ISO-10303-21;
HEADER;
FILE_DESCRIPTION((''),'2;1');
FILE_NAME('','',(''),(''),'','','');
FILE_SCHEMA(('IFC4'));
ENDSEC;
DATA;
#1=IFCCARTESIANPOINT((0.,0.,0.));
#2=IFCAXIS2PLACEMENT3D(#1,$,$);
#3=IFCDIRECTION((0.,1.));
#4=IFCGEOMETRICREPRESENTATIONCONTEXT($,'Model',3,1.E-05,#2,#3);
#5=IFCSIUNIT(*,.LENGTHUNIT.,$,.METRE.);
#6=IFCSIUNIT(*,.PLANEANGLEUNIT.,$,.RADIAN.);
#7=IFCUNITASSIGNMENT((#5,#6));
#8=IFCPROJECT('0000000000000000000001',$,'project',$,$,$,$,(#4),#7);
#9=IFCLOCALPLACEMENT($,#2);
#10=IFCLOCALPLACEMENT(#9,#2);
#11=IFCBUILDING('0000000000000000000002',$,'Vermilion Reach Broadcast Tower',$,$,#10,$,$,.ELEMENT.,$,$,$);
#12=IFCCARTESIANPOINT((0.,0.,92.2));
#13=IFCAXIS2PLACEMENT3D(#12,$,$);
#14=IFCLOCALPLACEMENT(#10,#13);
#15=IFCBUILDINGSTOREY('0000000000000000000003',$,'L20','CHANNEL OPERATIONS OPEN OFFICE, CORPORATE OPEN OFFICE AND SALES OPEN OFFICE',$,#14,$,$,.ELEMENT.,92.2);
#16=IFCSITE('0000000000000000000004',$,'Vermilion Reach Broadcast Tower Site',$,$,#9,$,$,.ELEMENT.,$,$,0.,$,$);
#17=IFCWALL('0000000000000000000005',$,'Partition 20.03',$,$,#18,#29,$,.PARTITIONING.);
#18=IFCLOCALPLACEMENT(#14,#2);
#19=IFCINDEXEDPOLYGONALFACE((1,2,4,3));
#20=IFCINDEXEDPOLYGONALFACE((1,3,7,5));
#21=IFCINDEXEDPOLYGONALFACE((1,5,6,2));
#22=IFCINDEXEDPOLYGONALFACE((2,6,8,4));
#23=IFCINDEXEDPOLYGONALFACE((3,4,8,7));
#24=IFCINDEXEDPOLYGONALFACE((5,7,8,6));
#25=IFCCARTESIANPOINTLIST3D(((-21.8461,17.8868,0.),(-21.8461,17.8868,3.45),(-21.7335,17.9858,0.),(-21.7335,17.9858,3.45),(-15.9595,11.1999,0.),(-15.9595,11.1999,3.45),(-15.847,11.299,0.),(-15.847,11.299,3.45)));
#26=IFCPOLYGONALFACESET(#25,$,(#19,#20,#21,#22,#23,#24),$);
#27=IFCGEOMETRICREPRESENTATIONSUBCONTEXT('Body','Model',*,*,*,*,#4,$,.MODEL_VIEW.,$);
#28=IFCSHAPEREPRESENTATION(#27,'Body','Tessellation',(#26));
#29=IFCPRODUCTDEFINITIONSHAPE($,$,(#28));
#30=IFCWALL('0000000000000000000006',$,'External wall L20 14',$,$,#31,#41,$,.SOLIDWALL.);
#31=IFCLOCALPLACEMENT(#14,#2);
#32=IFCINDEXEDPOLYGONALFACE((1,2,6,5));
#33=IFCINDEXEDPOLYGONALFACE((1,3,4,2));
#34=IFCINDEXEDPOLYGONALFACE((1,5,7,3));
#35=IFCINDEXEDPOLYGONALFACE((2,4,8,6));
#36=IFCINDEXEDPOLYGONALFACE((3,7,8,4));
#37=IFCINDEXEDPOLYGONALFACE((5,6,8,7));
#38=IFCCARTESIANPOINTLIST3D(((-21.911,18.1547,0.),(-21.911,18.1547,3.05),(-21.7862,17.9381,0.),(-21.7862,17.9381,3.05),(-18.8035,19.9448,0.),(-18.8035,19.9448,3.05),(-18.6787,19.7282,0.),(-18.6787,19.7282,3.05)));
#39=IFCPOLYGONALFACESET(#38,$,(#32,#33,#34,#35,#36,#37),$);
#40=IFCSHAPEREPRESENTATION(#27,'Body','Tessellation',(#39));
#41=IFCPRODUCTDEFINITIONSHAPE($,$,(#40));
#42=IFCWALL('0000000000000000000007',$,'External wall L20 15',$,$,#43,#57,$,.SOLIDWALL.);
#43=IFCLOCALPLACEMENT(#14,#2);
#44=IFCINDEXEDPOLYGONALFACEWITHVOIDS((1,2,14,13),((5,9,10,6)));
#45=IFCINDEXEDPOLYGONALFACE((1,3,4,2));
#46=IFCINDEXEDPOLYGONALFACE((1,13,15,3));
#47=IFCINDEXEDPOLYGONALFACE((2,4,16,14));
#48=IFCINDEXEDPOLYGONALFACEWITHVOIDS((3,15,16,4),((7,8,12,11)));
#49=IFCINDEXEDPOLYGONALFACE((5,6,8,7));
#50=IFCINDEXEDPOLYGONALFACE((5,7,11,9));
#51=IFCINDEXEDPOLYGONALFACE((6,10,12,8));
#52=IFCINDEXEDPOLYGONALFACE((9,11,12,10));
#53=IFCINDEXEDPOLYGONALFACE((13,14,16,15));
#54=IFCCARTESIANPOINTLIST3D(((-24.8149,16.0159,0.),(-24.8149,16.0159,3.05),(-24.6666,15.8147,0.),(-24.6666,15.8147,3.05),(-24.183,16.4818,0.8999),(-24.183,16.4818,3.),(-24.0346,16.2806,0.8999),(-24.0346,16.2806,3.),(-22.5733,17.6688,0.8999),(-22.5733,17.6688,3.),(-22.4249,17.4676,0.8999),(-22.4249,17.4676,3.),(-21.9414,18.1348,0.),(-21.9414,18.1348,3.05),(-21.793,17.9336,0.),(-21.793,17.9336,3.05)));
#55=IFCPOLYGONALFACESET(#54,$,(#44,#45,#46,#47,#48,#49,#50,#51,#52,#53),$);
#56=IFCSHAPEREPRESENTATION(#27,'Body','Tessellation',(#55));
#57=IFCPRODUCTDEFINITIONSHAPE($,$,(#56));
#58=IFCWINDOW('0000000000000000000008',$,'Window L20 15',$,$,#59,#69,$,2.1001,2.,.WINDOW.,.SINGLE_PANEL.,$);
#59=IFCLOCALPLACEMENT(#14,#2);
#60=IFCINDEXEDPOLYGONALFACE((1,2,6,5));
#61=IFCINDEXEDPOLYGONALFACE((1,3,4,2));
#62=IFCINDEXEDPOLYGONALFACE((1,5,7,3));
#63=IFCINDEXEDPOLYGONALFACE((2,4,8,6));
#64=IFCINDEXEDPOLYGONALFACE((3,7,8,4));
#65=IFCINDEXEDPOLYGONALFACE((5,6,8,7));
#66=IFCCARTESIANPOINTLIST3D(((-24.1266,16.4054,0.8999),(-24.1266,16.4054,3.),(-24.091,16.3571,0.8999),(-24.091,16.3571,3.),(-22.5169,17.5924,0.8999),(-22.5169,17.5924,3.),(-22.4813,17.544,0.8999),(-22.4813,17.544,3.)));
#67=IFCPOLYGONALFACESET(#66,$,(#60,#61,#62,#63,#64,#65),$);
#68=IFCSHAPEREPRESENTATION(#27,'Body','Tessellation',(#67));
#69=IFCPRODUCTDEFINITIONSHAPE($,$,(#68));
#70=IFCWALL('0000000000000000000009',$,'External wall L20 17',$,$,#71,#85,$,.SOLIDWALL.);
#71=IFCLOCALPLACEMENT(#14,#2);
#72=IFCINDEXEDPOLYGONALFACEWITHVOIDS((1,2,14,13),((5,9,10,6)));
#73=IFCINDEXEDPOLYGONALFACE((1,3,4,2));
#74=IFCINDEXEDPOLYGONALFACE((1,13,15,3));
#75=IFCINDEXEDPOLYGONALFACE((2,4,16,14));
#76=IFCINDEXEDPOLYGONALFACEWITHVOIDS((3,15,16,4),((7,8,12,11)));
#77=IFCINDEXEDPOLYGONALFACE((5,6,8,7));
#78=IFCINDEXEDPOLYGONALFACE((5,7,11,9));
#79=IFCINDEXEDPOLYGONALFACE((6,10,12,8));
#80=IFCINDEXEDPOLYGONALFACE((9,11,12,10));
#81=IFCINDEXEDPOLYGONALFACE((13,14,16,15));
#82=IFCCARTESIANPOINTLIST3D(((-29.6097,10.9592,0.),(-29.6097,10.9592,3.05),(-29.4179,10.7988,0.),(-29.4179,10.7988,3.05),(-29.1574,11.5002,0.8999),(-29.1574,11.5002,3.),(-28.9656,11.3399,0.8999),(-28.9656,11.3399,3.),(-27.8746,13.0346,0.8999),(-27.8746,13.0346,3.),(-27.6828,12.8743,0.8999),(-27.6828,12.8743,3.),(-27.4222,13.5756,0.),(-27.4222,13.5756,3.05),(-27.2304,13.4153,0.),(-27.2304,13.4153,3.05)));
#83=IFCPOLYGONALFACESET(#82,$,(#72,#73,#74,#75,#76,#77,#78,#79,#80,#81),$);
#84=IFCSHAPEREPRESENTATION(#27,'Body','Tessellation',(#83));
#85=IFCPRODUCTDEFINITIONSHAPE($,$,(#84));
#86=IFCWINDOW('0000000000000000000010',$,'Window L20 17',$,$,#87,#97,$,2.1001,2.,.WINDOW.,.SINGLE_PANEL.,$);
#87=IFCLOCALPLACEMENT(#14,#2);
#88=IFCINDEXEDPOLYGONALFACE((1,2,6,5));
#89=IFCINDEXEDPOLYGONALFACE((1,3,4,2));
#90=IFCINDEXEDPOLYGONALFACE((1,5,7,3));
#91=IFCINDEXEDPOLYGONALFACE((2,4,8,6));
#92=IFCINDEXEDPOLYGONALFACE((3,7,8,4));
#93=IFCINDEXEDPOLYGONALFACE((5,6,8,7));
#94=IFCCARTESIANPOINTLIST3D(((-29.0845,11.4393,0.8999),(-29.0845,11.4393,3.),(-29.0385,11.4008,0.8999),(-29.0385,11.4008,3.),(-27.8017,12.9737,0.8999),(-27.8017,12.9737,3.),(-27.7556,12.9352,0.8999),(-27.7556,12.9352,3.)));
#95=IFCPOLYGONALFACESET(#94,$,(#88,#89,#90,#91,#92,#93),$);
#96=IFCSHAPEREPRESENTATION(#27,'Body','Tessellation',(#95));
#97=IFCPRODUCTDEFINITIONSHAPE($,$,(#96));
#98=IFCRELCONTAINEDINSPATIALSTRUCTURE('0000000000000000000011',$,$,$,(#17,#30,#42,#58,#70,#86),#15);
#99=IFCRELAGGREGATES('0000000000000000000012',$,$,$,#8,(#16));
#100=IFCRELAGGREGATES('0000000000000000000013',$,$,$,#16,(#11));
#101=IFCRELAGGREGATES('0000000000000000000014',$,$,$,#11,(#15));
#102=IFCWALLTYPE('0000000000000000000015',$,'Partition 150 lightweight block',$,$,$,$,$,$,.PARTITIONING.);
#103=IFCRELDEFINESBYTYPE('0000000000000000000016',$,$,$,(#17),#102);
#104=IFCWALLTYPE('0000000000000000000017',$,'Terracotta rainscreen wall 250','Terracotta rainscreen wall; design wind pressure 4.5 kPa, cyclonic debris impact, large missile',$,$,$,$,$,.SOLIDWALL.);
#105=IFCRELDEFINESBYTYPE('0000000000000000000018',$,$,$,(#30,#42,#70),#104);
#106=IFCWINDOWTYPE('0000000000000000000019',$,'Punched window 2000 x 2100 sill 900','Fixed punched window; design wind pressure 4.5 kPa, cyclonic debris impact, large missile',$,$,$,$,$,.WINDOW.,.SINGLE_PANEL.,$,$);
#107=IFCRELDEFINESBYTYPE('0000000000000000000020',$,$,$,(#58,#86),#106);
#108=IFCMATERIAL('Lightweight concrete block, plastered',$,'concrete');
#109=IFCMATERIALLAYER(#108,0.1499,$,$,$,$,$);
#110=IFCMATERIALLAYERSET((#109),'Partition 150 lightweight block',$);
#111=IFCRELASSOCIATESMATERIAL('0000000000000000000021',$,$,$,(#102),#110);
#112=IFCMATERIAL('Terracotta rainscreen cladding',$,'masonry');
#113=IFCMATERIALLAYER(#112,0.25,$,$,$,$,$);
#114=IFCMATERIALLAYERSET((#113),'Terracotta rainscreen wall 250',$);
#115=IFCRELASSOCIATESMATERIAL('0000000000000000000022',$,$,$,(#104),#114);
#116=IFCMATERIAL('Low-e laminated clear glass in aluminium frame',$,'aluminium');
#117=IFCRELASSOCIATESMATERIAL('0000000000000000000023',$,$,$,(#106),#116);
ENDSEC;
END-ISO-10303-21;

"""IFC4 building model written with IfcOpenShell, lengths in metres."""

from ifc_helpers import new_model, si_unit, direction, frame, frame_2d, origin, place, context, subcontext, project, spatial, rectangle, extrude, material, layer, layer_set, type_object, element, fill, save


model = new_model("IFC4")

# Units and contexts
model_context = context("Model", 3, precision=1e-05, world=origin(), true_north=direction((0.0, 1.0)))
body_context = subcontext(model_context, "Body", "Model", "MODEL_VIEW")
ifc_project = project(units=[si_unit("LENGTHUNIT", "METRE"), si_unit("PLANEANGLEUNIT", "RADIAN")], contexts=[model_context])

# Site, building, storey
site_placement = place(None, origin())
site = spatial("IfcSite", under=ifc_project, at=site_placement, Name="Vermilion Reach Broadcast Tower Site", CompositionType="ELEMENT", RefElevation=0.0)
building_placement = place(site_placement, origin())
building = spatial("IfcBuilding", under=site, at=building_placement, Name="Vermilion Reach Broadcast Tower", CompositionType="ELEMENT")
storey_placement = place(building_placement, frame((0.0, 0.0, 92.2)))
storey = spatial("IfcBuildingStorey", under=building, at=storey_placement, Name="L20", Description="CHANNEL OPERATIONS OPEN OFFICE, CORPORATE OPEN OFFICE AND SALES OPEN OFFICE", CompositionType="ELEMENT", Elevation=92.2)

# Walls
ifc_material_1 = material(Name="Lightweight concrete block, plastered", Category="concrete")
ifc_layer_1 = layer(ifc_material_1, 0.1499)
ifc_layer_set_1 = layer_set([ifc_layer_1], Name="Partition 150 lightweight block")
wall_type_1 = type_object("IfcWallType", Name="Partition 150 lightweight block", PredefinedType="PARTITIONING", material=ifc_layer_set_1)
wall_1_placement = place(storey_placement, frame((-21.7898, 17.9363, 0.0), z_axis=(0.0, 0.0, 1.0), x_axis=(0.660762, -0.750596, 0.0)))
element("IfcWall", 1, at=wall_1_placement, inside=storey, type_object=wall_type_1, Name="Partition 20.03", PredefinedType="PARTITIONING", context=body_context, shape_type="SweptSolid", body=[
    extrude(rectangle(XDim=8.9087, YDim=0.1499, at=frame_2d((4.4543, 0.0))), origin(), (0.0, 0.0, 1.0), 3.45),
])
ifc_material_2 = material(Name="Terracotta rainscreen cladding", Category="masonry")
ifc_layer_2 = layer(ifc_material_2, 0.25)
ifc_layer_set_2 = layer_set([ifc_layer_2], Name="Terracotta rainscreen wall 250")
wall_type_2 = type_object("IfcWallType", Name="Terracotta rainscreen wall 250", Description="Terracotta rainscreen wall; design wind pressure 4.5 kPa, cyclonic debris impact, large missile", PredefinedType="SOLIDWALL", material=ifc_layer_set_2)
wall_2_placement = place(storey_placement, frame((-18.7412, 19.8364, 0.0), z_axis=(0.0, 0.0, 1.0), x_axis=(-0.866512, -0.499157, 0.0)))
element("IfcWall", 2, at=wall_2_placement, inside=storey, type_object=wall_type_2, Name="External wall L20 14", PredefinedType="SOLIDWALL", context=body_context, shape_type="SweptSolid", body=[
    extrude(rectangle(XDim=3.5862, YDim=0.25, at=frame_2d((1.793, 0.0))), origin(), (0.0, 0.0, 1.0), 3.05),
])

# Wall, opening, window
wall_3_placement = place(storey_placement, frame((-21.8672, 18.0342, 0.0), z_axis=(0.0, 0.0, 1.0), x_axis=(-0.804848, -0.593481, 0.0)))
wall_3 = element("IfcWall", 3, at=wall_3_placement, inside=storey, type_object=wall_type_2, Name="External wall L20 15", PredefinedType="SOLIDWALL", context=body_context, shape_type="SweptSolid", body=[
    extrude(rectangle(XDim=3.5703, YDim=0.25, at=frame_2d((1.7852, 0.0))), origin(), (0.0, 0.0, 1.0), 3.05),
])
opening_1_placement = place(wall_3_placement, frame((0.7852, 0.0, 0.8999)))
opening_1 = element("IfcOpeningElement", 4, at=opening_1_placement, cuts=wall_3, PredefinedType="OPENING", context=body_context, shape_type="SweptSolid", body=[
    extrude(rectangle(XDim=2.0, YDim=2.1001, at=frame_2d((1.0, 1.05))), frame((0.0, 0.135, 0.0), z_axis=(0.0, -1.0, 0.0), x_axis=(1.0, 0.0, 0.0)), (0.0, 0.0, 1.0), 0.27),
])
ifc_material_3 = material(Name="Low-e laminated clear glass in aluminium frame", Category="aluminium")
window_type = type_object("IfcWindowType", Name="Punched window 2000 x 2100 sill 900", Description="Fixed punched window; design wind pressure 4.5 kPa, cyclonic debris impact, large missile", PartitioningType="SINGLE_PANEL", PredefinedType="WINDOW", material=ifc_material_3)
window_1_placement = place(opening_1_placement, origin())
window_1 = element("IfcWindow", 5, at=window_1_placement, inside=storey, type_object=window_type, Name="Window L20 15", OverallHeight=2.1001, OverallWidth=2.0, PartitioningType="SINGLE_PANEL", PredefinedType="WINDOW", context=body_context, shape_type="SweptSolid", body=[
    extrude(rectangle(XDim=2.0, YDim=2.1001, at=frame_2d((1.0, 1.05))), frame((0.0, 0.03, 0.0), z_axis=(0.0, -1.0, 0.0), x_axis=(1.0, 0.0, 0.0)), (0.0, 0.0, 1.0), 0.0601),
])
fill(opening_1, window_1)

# Wall, opening, window
wall_4_placement = place(storey_placement, frame((-27.3264, 13.4954, 0.0), z_axis=(0.0, 0.0, 1.0), x_axis=(-0.641416, -0.767193, 0.0)))
wall_4 = element("IfcWall", 6, at=wall_4_placement, inside=storey, type_object=wall_type_2, Name="External wall L20 17", PredefinedType="SOLIDWALL", context=body_context, shape_type="SweptSolid", body=[
    extrude(rectangle(XDim=3.4104, YDim=0.25, at=frame_2d((1.7051, 0.0))), origin(), (0.0, 0.0, 1.0), 3.05),
])
opening_2_placement = place(wall_4_placement, frame((0.7051, 0.0, 0.8999)))
opening_2 = element("IfcOpeningElement", 7, at=opening_2_placement, cuts=wall_4, PredefinedType="OPENING", context=body_context, shape_type="SweptSolid", body=[
    extrude(rectangle(XDim=2.0, YDim=2.1001, at=frame_2d((1.0, 1.05))), frame((0.0, 0.135, 0.0), z_axis=(0.0, -1.0, 0.0), x_axis=(1.0, 0.0, 0.0)), (0.0, 0.0, 1.0), 0.27),
])
window_2_placement = place(opening_2_placement, origin())
window_2 = element("IfcWindow", 8, at=window_2_placement, inside=storey, type_object=window_type, Name="Window L20 17", OverallHeight=2.1001, OverallWidth=2.0, PartitioningType="SINGLE_PANEL", PredefinedType="WINDOW", context=body_context, shape_type="SweptSolid", body=[
    extrude(rectangle(XDim=2.0, YDim=2.1001, at=frame_2d((1.0, 1.05))), frame((0.0, 0.03, 0.0), z_axis=(0.0, -1.0, 0.0), x_axis=(1.0, 0.0, 0.0)), (0.0, 0.0, 1.0), 0.0601),
])
fill(opening_2, window_2)

save(model, "model.ifc")
